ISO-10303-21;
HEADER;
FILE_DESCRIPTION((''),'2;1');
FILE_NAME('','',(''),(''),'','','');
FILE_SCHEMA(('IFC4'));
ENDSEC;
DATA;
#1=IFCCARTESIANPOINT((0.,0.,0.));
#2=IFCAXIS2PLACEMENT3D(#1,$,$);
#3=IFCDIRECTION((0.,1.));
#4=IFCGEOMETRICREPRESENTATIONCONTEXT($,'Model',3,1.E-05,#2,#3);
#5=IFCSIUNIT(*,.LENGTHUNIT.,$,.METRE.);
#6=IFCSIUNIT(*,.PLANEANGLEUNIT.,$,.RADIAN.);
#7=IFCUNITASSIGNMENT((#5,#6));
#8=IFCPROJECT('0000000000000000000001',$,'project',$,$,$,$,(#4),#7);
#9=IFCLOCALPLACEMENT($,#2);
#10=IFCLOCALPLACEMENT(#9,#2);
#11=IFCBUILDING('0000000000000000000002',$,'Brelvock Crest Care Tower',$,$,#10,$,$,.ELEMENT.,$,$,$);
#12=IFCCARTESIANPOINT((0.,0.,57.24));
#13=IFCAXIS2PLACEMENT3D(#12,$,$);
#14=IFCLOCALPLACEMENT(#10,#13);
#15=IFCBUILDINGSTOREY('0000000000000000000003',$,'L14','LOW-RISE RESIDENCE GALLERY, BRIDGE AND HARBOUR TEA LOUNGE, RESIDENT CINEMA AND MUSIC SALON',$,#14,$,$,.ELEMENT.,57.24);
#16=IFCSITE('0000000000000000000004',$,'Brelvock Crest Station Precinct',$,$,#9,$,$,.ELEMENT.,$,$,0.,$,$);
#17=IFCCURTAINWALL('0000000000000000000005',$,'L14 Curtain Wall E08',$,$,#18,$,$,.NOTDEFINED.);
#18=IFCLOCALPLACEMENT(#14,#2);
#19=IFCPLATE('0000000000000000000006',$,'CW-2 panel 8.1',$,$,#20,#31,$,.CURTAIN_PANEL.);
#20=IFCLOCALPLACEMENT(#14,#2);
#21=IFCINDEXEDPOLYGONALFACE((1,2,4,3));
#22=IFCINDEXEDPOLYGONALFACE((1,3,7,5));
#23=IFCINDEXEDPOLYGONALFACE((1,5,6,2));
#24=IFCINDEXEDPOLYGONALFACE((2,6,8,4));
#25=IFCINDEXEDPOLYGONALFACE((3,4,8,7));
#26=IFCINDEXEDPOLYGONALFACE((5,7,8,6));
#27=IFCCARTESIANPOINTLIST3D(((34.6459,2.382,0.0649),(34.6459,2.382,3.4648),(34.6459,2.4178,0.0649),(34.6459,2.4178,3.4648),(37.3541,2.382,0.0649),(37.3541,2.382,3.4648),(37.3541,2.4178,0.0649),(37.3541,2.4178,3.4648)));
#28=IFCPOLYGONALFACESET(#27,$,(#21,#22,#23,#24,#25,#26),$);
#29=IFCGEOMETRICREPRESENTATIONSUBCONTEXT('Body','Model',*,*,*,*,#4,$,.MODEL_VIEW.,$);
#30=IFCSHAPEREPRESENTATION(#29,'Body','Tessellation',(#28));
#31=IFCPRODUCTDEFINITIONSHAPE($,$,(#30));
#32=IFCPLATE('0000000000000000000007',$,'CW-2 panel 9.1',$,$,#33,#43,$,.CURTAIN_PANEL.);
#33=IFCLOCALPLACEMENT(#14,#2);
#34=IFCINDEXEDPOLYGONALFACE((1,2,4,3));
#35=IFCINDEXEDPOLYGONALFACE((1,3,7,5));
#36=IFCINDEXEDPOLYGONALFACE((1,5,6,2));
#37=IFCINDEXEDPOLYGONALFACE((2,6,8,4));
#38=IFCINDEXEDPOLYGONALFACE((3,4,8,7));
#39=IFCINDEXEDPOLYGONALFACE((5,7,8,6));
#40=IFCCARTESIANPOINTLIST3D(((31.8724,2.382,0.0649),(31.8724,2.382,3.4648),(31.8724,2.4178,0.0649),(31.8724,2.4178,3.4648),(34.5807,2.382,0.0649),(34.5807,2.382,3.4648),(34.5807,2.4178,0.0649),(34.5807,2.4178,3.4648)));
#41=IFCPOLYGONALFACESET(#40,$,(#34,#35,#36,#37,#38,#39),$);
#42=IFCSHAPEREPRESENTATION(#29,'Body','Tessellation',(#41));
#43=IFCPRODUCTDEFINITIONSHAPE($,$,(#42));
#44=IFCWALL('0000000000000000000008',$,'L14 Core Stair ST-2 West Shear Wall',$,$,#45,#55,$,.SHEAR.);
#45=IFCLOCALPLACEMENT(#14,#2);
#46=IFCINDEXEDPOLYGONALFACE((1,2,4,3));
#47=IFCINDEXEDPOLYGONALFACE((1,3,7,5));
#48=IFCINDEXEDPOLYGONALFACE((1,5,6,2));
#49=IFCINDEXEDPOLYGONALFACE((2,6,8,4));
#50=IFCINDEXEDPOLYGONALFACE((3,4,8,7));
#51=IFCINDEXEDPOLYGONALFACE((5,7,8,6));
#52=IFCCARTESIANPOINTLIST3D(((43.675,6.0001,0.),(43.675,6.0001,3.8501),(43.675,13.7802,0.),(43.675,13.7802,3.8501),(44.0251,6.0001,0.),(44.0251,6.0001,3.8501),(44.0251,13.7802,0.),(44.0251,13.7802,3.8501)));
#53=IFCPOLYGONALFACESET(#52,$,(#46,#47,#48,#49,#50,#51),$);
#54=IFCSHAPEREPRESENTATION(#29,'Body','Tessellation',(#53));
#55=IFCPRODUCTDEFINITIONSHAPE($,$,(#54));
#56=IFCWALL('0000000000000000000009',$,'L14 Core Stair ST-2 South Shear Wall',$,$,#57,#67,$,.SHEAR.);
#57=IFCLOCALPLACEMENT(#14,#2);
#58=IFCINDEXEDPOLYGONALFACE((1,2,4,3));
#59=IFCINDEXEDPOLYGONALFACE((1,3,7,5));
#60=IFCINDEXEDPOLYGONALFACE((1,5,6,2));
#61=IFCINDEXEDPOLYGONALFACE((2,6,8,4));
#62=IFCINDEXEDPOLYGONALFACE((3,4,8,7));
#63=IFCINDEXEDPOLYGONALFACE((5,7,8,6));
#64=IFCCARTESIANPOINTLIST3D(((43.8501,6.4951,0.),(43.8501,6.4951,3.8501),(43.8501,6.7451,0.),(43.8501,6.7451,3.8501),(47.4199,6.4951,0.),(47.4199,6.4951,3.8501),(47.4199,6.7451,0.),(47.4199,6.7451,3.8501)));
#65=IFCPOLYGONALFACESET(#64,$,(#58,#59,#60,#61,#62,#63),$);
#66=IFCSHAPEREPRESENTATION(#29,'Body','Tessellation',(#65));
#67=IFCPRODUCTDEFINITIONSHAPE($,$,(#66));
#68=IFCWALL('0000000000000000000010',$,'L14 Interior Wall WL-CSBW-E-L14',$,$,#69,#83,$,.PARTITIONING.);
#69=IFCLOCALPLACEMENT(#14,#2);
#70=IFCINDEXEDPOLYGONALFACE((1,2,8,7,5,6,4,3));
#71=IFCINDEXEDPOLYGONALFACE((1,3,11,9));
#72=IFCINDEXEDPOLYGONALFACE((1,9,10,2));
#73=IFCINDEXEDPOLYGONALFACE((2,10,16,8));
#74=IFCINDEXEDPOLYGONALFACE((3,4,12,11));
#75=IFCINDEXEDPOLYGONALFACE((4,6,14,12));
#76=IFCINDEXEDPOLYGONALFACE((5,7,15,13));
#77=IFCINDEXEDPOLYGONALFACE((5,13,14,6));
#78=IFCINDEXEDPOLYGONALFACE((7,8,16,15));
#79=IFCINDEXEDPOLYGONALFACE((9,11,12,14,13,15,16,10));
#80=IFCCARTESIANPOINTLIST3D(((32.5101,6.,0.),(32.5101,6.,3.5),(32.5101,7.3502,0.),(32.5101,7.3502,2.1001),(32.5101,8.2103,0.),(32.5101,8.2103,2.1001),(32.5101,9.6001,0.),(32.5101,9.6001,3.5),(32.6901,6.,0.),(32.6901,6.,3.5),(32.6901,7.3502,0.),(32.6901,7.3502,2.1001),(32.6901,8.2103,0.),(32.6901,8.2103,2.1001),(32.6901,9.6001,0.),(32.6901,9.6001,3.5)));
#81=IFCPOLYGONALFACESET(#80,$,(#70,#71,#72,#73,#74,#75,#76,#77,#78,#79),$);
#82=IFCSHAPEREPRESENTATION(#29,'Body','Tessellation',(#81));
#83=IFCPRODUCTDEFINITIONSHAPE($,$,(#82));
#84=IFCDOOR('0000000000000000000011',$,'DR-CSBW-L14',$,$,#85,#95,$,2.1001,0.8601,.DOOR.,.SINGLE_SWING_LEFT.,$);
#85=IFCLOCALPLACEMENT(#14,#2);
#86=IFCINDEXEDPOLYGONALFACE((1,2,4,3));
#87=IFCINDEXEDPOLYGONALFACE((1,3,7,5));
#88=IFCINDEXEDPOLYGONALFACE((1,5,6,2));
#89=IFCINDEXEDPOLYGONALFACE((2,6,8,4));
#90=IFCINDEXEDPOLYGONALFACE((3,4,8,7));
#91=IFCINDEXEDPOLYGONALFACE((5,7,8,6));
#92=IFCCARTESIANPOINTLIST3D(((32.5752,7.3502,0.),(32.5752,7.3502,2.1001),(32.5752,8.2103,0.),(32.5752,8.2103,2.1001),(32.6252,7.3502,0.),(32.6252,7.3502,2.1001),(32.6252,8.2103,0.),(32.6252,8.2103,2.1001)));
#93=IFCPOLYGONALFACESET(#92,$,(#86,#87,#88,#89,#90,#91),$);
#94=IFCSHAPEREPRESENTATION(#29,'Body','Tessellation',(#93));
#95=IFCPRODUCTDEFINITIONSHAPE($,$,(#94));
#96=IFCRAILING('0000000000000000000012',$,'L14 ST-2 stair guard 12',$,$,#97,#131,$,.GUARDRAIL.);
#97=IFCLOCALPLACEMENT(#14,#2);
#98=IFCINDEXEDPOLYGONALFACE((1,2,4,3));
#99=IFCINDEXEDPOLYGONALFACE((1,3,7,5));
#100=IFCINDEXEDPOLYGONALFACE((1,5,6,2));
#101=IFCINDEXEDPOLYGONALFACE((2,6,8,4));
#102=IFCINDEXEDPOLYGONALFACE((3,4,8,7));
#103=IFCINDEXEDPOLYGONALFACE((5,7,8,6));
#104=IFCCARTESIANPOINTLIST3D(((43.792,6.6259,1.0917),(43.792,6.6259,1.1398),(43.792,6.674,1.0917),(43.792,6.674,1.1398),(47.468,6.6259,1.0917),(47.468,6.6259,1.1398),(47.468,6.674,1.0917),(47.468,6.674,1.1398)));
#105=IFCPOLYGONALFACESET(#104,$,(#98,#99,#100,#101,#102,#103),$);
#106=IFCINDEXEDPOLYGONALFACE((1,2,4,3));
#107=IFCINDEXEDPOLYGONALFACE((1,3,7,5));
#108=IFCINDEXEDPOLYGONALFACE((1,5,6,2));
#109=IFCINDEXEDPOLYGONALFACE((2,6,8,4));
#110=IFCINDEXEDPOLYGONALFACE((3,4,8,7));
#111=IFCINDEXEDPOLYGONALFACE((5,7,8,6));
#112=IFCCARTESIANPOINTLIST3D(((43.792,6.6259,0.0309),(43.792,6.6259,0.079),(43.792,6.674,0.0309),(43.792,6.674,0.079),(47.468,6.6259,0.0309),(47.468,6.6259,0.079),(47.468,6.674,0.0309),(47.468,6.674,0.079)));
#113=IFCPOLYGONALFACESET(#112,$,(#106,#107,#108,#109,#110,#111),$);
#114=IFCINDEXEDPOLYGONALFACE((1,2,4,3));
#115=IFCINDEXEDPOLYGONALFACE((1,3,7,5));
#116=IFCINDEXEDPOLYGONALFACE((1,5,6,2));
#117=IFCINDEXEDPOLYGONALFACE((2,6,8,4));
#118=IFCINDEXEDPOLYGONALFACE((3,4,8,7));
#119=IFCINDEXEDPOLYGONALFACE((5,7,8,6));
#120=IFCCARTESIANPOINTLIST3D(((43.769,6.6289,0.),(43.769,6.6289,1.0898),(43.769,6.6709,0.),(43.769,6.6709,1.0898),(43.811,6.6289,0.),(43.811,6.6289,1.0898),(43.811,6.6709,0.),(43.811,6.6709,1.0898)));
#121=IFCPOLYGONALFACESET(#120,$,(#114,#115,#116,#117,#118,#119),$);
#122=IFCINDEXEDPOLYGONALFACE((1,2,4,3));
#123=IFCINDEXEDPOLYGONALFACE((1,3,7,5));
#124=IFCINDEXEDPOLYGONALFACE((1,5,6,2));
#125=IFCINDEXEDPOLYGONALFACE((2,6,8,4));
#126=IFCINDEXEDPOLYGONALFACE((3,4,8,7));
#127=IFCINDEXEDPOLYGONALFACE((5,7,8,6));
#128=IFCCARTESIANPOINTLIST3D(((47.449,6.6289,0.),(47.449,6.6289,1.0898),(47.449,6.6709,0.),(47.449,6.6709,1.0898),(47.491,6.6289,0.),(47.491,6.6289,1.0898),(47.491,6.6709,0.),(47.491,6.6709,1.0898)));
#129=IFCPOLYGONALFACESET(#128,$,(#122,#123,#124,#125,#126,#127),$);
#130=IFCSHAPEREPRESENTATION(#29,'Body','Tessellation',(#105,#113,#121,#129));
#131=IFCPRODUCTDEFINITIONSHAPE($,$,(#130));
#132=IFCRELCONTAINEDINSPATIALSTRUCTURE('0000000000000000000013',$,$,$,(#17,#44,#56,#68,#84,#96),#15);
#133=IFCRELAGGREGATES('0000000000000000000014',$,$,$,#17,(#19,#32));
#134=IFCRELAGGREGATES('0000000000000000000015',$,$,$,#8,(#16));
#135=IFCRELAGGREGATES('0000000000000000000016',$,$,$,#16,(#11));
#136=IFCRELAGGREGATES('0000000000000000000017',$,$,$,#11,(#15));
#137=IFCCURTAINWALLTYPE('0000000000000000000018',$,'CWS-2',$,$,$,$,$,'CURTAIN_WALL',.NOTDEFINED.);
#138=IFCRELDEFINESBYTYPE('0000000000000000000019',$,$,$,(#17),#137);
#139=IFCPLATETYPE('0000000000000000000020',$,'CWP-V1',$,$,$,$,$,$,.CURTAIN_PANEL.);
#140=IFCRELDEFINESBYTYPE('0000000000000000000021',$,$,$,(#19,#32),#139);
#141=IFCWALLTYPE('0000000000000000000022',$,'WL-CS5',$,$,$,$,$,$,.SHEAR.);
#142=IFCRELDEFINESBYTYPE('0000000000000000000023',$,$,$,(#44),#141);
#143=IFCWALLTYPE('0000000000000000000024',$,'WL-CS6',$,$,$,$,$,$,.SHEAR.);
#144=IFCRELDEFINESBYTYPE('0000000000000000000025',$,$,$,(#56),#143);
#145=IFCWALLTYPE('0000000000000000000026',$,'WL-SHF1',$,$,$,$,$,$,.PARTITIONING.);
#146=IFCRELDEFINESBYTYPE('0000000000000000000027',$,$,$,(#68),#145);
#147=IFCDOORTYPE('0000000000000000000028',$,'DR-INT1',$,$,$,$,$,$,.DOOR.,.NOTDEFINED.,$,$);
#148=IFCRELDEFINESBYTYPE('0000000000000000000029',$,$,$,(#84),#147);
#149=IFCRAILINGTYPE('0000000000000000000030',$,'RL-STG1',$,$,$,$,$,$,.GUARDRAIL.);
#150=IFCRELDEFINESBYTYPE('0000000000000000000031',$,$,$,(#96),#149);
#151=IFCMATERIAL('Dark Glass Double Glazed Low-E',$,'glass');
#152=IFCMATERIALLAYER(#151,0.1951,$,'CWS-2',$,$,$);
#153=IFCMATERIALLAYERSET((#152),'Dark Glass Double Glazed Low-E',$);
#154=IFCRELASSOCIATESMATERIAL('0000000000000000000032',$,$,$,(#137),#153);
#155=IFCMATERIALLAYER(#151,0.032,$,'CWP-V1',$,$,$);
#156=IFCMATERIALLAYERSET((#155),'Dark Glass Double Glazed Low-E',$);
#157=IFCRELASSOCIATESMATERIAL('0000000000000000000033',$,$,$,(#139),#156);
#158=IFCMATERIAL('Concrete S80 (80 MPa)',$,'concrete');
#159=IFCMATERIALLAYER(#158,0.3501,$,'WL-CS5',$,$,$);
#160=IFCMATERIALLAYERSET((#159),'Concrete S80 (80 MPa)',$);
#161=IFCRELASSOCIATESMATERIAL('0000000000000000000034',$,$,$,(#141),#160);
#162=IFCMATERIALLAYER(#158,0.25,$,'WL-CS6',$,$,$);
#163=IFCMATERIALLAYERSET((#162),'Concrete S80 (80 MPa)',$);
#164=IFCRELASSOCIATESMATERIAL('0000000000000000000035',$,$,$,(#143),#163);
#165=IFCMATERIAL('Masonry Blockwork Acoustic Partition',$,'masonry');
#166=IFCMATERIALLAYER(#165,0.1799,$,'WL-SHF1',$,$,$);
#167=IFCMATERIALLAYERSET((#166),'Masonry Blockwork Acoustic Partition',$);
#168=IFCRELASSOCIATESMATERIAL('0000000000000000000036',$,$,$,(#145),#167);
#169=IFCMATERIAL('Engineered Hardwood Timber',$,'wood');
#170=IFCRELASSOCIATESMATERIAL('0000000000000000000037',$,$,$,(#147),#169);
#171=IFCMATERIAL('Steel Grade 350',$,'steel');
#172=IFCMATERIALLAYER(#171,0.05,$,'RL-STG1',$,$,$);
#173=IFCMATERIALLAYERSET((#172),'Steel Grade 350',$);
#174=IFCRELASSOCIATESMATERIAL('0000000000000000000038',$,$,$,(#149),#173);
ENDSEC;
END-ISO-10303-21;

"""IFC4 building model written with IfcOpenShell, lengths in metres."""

from ifc_helpers import new_model, si_unit, direction, frame, frame_2d, origin, origin_2d, place, context, subcontext, project, spatial, rectangle, extrude, source, transform, mapped, material, layer, layer_set, type_object, element, fill, aggregate, save


model = new_model("IFC4")

# Units and contexts
model_context = context("Model", 3, precision=1e-05, world=origin(), true_north=direction((0.0, 1.0)))
body_context = subcontext(model_context, "Body", "Model", "MODEL_VIEW")
ifc_project = project(units=[si_unit("LENGTHUNIT", "METRE"), si_unit("PLANEANGLEUNIT", "RADIAN")], contexts=[model_context])

# Site, building, storey
site_placement = place(None, origin())
site = spatial("IfcSite", under=ifc_project, at=site_placement, Name="Brelvock Crest Station Precinct", CompositionType="ELEMENT", RefElevation=0.0)
building_placement = place(site_placement, origin())
building = spatial("IfcBuilding", under=site, at=building_placement, Name="Brelvock Crest Care Tower", CompositionType="ELEMENT")
storey_placement = place(building_placement, frame((0.0, 0.0, 57.24)))
storey = spatial("IfcBuildingStorey", under=building, at=storey_placement, Name="L14", Description="LOW-RISE RESIDENCE GALLERY, BRIDGE AND HARBOUR TEA LOUNGE, RESIDENT CINEMA AND MUSIC SALON", CompositionType="ELEMENT", Elevation=57.24)

# Shared definitions
ifc_material_1 = material(Name="Concrete S80 (80 MPa)", Category="concrete")

# Shared definitions
ifc_material_2 = material(Name="Steel Grade 350", Category="steel")

# Curtain wall, plates
ifc_material_3 = material(Name="Dark Glass Double Glazed Low-E", Category="glass")
ifc_layer_1 = layer(ifc_material_3, 0.1951, Name="CWS-2")
ifc_layer_set_1 = layer_set([ifc_layer_1], Name="Dark Glass Double Glazed Low-E")
curtain_wall_type = type_object("IfcCurtainWallType", Name="CWS-2", ElementType="CURTAIN_WALL", PredefinedType="NOTDEFINED", material=ifc_layer_set_1)
curtain_wall_placement = place(storey_placement, origin())
curtain_wall = element("IfcCurtainWall", 1, at=curtain_wall_placement, inside=storey, type_object=curtain_wall_type, Name="L14 Curtain Wall E08", PredefinedType="NOTDEFINED")
ifc_layer_2 = layer(ifc_material_3, 0.032, Name="CWP-V1")
ifc_layer_set_2 = layer_set([ifc_layer_2], Name="Dark Glass Double Glazed Low-E")
plate_type = type_object("IfcPlateType", Name="CWP-V1", PredefinedType="CURTAIN_PANEL", material=ifc_layer_set_2)
shared_shape_1 = source(origin(), body_context, "Body", "SweptSolid", [
    extrude(rectangle(XDim=2.7083, YDim=0.0359, at=origin_2d()), origin(), (0.0, 0.0, 1.0), 3.3999),
])
plate_1_placement = place(storey_placement, frame((36.0, 2.3999, 0.0649), z_axis=(0.0, 0.0, 1.0), x_axis=(-1.0, 0.0, 0.0)))
plate_1 = element("IfcPlate", 2, at=plate_1_placement, type_object=plate_type, Name="CW-2 panel 8.1", PredefinedType="CURTAIN_PANEL", context=body_context, shape_type="MappedRepresentation", body=[
    mapped(shared_shape_1, transform((0.0, 0.0, 0.0), x_axis=(1.0, 0.0, 0.0), y_axis=(0.0, 1.0, 0.0), z_axis=(0.0, 0.0, 1.0), scale=1.0)),
])
plate_2_placement = place(storey_placement, frame((33.2266, 2.3999, 0.0649), z_axis=(0.0, 0.0, 1.0), x_axis=(-1.0, 0.0, 0.0)))
plate_2 = element("IfcPlate", 3, at=plate_2_placement, type_object=plate_type, Name="CW-2 panel 9.1", PredefinedType="CURTAIN_PANEL", context=body_context, shape_type="MappedRepresentation", body=[
    mapped(shared_shape_1, transform((0.0, 0.0, 0.0), x_axis=(1.0, 0.0, 0.0), y_axis=(0.0, 1.0, 0.0), z_axis=(0.0, 0.0, 1.0), scale=1.0)),
])
aggregate(curtain_wall, [plate_1, plate_2])

# Walls
ifc_layer_3 = layer(ifc_material_1, 0.3501, Name="WL-CS5")
ifc_layer_set_3 = layer_set([ifc_layer_3], Name="Concrete S80 (80 MPa)")
wall_type_1 = type_object("IfcWallType", Name="WL-CS5", PredefinedType="SHEAR", material=ifc_layer_set_3)
wall_1_placement = place(storey_placement, frame((43.8501, 6.0, 0.0), z_axis=(0.0, 0.0, 1.0), x_axis=(0.0, 1.0, 0.0)))
element("IfcWall", 4, at=wall_1_placement, inside=storey, type_object=wall_type_1, Name="L14 Core Stair ST-2 West Shear Wall", PredefinedType="SHEAR", context=body_context, shape_type="SweptSolid", body=[
    extrude(rectangle(XDim=7.78, YDim=0.3501, at=frame_2d((3.8901, 0.0))), origin(), (0.0, 0.0, 1.0), 3.8501),
])
ifc_layer_4 = layer(ifc_material_1, 0.25, Name="WL-CS6")
ifc_layer_set_4 = layer_set([ifc_layer_4], Name="Concrete S80 (80 MPa)")
wall_type_2 = type_object("IfcWallType", Name="WL-CS6", PredefinedType="SHEAR", material=ifc_layer_set_4)
wall_2_placement = place(storey_placement, frame((43.8501, 6.6201, 0.0), z_axis=(0.0, 0.0, 1.0), x_axis=(1.0, 0.0, 0.0)))
element("IfcWall", 5, at=wall_2_placement, inside=storey, type_object=wall_type_2, Name="L14 Core Stair ST-2 South Shear Wall", PredefinedType="SHEAR", context=body_context, shape_type="SweptSolid", body=[
    extrude(rectangle(XDim=3.5698, YDim=0.25, at=frame_2d((1.7849, 0.0))), origin(), (0.0, 0.0, 1.0), 3.8501),
])

# Wall, opening, door
ifc_material_4 = material(Name="Masonry Blockwork Acoustic Partition", Category="masonry")
ifc_layer_5 = layer(ifc_material_4, 0.1799, Name="WL-SHF1")
ifc_layer_set_5 = layer_set([ifc_layer_5], Name="Masonry Blockwork Acoustic Partition")
wall_type_3 = type_object("IfcWallType", Name="WL-SHF1", PredefinedType="PARTITIONING", material=ifc_layer_set_5)
wall_3_placement = place(storey_placement, frame((32.6001, 6.0, 0.0), z_axis=(0.0, 0.0, 1.0), x_axis=(0.0, 1.0, 0.0)))
wall_3 = element("IfcWall", 6, at=wall_3_placement, inside=storey, type_object=wall_type_3, Name="L14 Interior Wall WL-CSBW-E-L14", PredefinedType="PARTITIONING", context=body_context, shape_type="SweptSolid", body=[
    extrude(rectangle(XDim=3.6001, YDim=0.1799, at=frame_2d((1.8, 0.0))), origin(), (0.0, 0.0, 1.0), 3.5),
])
opening_placement = place(wall_3_placement, frame((1.3501, 0.0, 0.0)))
opening = element("IfcOpeningElement", 7, at=opening_placement, cuts=wall_3, PredefinedType="OPENING", context=body_context, shape_type="SweptSolid", body=[
    extrude(rectangle(XDim=0.8601, YDim=2.1001, at=origin_2d()), frame((0.4302, 0.1001, 1.05), z_axis=(0.0, -1.0, 0.0), x_axis=(1.0, 0.0, 0.0)), (0.0, 0.0, 1.0), 0.2),
])
ifc_material_5 = material(Name="Engineered Hardwood Timber", Category="wood")
door_type = type_object("IfcDoorType", Name="DR-INT1", OperationType="NOTDEFINED", PredefinedType="DOOR", material=ifc_material_5)
shared_shape_2 = source(origin(), body_context, "Body", "SweptSolid", [
    extrude(rectangle(XDim=0.8601, YDim=2.1001, at=origin_2d()), frame((0.4302, 0.0249, 1.05), z_axis=(0.0, -1.0, 0.0), x_axis=(1.0, 0.0, 0.0)), (0.0, 0.0, 1.0), 0.05),
])
door_placement = place(opening_placement, origin())
door = element("IfcDoor", 8, at=door_placement, inside=storey, type_object=door_type, Name="DR-CSBW-L14", OperationType="SINGLE_SWING_LEFT", OverallHeight=2.1001, OverallWidth=0.8601, PredefinedType="DOOR", context=body_context, shape_type="MappedRepresentation", body=[
    mapped(shared_shape_2, transform((0.0, 0.0, 0.0), x_axis=(1.0, 0.0, 0.0), y_axis=(0.0, 1.0, 0.0), z_axis=(0.0, 0.0, 1.0), scale=1.0)),
])
fill(opening, door)

# Railing
ifc_layer_6 = layer(ifc_material_2, 0.05, Name="RL-STG1")
ifc_layer_set_6 = layer_set([ifc_layer_6], Name="Steel Grade 350")
railing_type = type_object("IfcRailingType", Name="RL-STG1", PredefinedType="GUARDRAIL", material=ifc_layer_set_6)
railing_placement = place(storey_placement, frame((43.79, 6.6499, 0.0)))
element("IfcRailing", 9, at=railing_placement, inside=storey, type_object=railing_type, Name="L14 ST-2 stair guard 12", PredefinedType="GUARDRAIL", context=body_context, shape_type="SweptSolid", body=[
    extrude(rectangle(XDim=0.0481, YDim=0.0481, at=origin_2d()), frame((0.002, 0.0, 1.1157), z_axis=(1.0, 0.0, 0.0), x_axis=(0.0, 1.0, 0.0)), (0.0, 0.0, 1.0), 3.676),
    extrude(rectangle(XDim=0.0481, YDim=0.0481, at=origin_2d()), frame((0.002, 0.0, 0.0549), z_axis=(1.0, 0.0, 0.0), x_axis=(0.0, 1.0, 0.0)), (0.0, 0.0, 1.0), 3.676),
    extrude(rectangle(XDim=0.042, YDim=0.042, at=origin_2d()), origin(), (0.0, 0.0, 1.0), 1.0898),
    extrude(rectangle(XDim=0.042, YDim=0.042, at=origin_2d()), frame((3.6799, 0.0, 0.0)), (0.0, 0.0, 1.0), 1.0898),
])

save(model, "model.ifc")
